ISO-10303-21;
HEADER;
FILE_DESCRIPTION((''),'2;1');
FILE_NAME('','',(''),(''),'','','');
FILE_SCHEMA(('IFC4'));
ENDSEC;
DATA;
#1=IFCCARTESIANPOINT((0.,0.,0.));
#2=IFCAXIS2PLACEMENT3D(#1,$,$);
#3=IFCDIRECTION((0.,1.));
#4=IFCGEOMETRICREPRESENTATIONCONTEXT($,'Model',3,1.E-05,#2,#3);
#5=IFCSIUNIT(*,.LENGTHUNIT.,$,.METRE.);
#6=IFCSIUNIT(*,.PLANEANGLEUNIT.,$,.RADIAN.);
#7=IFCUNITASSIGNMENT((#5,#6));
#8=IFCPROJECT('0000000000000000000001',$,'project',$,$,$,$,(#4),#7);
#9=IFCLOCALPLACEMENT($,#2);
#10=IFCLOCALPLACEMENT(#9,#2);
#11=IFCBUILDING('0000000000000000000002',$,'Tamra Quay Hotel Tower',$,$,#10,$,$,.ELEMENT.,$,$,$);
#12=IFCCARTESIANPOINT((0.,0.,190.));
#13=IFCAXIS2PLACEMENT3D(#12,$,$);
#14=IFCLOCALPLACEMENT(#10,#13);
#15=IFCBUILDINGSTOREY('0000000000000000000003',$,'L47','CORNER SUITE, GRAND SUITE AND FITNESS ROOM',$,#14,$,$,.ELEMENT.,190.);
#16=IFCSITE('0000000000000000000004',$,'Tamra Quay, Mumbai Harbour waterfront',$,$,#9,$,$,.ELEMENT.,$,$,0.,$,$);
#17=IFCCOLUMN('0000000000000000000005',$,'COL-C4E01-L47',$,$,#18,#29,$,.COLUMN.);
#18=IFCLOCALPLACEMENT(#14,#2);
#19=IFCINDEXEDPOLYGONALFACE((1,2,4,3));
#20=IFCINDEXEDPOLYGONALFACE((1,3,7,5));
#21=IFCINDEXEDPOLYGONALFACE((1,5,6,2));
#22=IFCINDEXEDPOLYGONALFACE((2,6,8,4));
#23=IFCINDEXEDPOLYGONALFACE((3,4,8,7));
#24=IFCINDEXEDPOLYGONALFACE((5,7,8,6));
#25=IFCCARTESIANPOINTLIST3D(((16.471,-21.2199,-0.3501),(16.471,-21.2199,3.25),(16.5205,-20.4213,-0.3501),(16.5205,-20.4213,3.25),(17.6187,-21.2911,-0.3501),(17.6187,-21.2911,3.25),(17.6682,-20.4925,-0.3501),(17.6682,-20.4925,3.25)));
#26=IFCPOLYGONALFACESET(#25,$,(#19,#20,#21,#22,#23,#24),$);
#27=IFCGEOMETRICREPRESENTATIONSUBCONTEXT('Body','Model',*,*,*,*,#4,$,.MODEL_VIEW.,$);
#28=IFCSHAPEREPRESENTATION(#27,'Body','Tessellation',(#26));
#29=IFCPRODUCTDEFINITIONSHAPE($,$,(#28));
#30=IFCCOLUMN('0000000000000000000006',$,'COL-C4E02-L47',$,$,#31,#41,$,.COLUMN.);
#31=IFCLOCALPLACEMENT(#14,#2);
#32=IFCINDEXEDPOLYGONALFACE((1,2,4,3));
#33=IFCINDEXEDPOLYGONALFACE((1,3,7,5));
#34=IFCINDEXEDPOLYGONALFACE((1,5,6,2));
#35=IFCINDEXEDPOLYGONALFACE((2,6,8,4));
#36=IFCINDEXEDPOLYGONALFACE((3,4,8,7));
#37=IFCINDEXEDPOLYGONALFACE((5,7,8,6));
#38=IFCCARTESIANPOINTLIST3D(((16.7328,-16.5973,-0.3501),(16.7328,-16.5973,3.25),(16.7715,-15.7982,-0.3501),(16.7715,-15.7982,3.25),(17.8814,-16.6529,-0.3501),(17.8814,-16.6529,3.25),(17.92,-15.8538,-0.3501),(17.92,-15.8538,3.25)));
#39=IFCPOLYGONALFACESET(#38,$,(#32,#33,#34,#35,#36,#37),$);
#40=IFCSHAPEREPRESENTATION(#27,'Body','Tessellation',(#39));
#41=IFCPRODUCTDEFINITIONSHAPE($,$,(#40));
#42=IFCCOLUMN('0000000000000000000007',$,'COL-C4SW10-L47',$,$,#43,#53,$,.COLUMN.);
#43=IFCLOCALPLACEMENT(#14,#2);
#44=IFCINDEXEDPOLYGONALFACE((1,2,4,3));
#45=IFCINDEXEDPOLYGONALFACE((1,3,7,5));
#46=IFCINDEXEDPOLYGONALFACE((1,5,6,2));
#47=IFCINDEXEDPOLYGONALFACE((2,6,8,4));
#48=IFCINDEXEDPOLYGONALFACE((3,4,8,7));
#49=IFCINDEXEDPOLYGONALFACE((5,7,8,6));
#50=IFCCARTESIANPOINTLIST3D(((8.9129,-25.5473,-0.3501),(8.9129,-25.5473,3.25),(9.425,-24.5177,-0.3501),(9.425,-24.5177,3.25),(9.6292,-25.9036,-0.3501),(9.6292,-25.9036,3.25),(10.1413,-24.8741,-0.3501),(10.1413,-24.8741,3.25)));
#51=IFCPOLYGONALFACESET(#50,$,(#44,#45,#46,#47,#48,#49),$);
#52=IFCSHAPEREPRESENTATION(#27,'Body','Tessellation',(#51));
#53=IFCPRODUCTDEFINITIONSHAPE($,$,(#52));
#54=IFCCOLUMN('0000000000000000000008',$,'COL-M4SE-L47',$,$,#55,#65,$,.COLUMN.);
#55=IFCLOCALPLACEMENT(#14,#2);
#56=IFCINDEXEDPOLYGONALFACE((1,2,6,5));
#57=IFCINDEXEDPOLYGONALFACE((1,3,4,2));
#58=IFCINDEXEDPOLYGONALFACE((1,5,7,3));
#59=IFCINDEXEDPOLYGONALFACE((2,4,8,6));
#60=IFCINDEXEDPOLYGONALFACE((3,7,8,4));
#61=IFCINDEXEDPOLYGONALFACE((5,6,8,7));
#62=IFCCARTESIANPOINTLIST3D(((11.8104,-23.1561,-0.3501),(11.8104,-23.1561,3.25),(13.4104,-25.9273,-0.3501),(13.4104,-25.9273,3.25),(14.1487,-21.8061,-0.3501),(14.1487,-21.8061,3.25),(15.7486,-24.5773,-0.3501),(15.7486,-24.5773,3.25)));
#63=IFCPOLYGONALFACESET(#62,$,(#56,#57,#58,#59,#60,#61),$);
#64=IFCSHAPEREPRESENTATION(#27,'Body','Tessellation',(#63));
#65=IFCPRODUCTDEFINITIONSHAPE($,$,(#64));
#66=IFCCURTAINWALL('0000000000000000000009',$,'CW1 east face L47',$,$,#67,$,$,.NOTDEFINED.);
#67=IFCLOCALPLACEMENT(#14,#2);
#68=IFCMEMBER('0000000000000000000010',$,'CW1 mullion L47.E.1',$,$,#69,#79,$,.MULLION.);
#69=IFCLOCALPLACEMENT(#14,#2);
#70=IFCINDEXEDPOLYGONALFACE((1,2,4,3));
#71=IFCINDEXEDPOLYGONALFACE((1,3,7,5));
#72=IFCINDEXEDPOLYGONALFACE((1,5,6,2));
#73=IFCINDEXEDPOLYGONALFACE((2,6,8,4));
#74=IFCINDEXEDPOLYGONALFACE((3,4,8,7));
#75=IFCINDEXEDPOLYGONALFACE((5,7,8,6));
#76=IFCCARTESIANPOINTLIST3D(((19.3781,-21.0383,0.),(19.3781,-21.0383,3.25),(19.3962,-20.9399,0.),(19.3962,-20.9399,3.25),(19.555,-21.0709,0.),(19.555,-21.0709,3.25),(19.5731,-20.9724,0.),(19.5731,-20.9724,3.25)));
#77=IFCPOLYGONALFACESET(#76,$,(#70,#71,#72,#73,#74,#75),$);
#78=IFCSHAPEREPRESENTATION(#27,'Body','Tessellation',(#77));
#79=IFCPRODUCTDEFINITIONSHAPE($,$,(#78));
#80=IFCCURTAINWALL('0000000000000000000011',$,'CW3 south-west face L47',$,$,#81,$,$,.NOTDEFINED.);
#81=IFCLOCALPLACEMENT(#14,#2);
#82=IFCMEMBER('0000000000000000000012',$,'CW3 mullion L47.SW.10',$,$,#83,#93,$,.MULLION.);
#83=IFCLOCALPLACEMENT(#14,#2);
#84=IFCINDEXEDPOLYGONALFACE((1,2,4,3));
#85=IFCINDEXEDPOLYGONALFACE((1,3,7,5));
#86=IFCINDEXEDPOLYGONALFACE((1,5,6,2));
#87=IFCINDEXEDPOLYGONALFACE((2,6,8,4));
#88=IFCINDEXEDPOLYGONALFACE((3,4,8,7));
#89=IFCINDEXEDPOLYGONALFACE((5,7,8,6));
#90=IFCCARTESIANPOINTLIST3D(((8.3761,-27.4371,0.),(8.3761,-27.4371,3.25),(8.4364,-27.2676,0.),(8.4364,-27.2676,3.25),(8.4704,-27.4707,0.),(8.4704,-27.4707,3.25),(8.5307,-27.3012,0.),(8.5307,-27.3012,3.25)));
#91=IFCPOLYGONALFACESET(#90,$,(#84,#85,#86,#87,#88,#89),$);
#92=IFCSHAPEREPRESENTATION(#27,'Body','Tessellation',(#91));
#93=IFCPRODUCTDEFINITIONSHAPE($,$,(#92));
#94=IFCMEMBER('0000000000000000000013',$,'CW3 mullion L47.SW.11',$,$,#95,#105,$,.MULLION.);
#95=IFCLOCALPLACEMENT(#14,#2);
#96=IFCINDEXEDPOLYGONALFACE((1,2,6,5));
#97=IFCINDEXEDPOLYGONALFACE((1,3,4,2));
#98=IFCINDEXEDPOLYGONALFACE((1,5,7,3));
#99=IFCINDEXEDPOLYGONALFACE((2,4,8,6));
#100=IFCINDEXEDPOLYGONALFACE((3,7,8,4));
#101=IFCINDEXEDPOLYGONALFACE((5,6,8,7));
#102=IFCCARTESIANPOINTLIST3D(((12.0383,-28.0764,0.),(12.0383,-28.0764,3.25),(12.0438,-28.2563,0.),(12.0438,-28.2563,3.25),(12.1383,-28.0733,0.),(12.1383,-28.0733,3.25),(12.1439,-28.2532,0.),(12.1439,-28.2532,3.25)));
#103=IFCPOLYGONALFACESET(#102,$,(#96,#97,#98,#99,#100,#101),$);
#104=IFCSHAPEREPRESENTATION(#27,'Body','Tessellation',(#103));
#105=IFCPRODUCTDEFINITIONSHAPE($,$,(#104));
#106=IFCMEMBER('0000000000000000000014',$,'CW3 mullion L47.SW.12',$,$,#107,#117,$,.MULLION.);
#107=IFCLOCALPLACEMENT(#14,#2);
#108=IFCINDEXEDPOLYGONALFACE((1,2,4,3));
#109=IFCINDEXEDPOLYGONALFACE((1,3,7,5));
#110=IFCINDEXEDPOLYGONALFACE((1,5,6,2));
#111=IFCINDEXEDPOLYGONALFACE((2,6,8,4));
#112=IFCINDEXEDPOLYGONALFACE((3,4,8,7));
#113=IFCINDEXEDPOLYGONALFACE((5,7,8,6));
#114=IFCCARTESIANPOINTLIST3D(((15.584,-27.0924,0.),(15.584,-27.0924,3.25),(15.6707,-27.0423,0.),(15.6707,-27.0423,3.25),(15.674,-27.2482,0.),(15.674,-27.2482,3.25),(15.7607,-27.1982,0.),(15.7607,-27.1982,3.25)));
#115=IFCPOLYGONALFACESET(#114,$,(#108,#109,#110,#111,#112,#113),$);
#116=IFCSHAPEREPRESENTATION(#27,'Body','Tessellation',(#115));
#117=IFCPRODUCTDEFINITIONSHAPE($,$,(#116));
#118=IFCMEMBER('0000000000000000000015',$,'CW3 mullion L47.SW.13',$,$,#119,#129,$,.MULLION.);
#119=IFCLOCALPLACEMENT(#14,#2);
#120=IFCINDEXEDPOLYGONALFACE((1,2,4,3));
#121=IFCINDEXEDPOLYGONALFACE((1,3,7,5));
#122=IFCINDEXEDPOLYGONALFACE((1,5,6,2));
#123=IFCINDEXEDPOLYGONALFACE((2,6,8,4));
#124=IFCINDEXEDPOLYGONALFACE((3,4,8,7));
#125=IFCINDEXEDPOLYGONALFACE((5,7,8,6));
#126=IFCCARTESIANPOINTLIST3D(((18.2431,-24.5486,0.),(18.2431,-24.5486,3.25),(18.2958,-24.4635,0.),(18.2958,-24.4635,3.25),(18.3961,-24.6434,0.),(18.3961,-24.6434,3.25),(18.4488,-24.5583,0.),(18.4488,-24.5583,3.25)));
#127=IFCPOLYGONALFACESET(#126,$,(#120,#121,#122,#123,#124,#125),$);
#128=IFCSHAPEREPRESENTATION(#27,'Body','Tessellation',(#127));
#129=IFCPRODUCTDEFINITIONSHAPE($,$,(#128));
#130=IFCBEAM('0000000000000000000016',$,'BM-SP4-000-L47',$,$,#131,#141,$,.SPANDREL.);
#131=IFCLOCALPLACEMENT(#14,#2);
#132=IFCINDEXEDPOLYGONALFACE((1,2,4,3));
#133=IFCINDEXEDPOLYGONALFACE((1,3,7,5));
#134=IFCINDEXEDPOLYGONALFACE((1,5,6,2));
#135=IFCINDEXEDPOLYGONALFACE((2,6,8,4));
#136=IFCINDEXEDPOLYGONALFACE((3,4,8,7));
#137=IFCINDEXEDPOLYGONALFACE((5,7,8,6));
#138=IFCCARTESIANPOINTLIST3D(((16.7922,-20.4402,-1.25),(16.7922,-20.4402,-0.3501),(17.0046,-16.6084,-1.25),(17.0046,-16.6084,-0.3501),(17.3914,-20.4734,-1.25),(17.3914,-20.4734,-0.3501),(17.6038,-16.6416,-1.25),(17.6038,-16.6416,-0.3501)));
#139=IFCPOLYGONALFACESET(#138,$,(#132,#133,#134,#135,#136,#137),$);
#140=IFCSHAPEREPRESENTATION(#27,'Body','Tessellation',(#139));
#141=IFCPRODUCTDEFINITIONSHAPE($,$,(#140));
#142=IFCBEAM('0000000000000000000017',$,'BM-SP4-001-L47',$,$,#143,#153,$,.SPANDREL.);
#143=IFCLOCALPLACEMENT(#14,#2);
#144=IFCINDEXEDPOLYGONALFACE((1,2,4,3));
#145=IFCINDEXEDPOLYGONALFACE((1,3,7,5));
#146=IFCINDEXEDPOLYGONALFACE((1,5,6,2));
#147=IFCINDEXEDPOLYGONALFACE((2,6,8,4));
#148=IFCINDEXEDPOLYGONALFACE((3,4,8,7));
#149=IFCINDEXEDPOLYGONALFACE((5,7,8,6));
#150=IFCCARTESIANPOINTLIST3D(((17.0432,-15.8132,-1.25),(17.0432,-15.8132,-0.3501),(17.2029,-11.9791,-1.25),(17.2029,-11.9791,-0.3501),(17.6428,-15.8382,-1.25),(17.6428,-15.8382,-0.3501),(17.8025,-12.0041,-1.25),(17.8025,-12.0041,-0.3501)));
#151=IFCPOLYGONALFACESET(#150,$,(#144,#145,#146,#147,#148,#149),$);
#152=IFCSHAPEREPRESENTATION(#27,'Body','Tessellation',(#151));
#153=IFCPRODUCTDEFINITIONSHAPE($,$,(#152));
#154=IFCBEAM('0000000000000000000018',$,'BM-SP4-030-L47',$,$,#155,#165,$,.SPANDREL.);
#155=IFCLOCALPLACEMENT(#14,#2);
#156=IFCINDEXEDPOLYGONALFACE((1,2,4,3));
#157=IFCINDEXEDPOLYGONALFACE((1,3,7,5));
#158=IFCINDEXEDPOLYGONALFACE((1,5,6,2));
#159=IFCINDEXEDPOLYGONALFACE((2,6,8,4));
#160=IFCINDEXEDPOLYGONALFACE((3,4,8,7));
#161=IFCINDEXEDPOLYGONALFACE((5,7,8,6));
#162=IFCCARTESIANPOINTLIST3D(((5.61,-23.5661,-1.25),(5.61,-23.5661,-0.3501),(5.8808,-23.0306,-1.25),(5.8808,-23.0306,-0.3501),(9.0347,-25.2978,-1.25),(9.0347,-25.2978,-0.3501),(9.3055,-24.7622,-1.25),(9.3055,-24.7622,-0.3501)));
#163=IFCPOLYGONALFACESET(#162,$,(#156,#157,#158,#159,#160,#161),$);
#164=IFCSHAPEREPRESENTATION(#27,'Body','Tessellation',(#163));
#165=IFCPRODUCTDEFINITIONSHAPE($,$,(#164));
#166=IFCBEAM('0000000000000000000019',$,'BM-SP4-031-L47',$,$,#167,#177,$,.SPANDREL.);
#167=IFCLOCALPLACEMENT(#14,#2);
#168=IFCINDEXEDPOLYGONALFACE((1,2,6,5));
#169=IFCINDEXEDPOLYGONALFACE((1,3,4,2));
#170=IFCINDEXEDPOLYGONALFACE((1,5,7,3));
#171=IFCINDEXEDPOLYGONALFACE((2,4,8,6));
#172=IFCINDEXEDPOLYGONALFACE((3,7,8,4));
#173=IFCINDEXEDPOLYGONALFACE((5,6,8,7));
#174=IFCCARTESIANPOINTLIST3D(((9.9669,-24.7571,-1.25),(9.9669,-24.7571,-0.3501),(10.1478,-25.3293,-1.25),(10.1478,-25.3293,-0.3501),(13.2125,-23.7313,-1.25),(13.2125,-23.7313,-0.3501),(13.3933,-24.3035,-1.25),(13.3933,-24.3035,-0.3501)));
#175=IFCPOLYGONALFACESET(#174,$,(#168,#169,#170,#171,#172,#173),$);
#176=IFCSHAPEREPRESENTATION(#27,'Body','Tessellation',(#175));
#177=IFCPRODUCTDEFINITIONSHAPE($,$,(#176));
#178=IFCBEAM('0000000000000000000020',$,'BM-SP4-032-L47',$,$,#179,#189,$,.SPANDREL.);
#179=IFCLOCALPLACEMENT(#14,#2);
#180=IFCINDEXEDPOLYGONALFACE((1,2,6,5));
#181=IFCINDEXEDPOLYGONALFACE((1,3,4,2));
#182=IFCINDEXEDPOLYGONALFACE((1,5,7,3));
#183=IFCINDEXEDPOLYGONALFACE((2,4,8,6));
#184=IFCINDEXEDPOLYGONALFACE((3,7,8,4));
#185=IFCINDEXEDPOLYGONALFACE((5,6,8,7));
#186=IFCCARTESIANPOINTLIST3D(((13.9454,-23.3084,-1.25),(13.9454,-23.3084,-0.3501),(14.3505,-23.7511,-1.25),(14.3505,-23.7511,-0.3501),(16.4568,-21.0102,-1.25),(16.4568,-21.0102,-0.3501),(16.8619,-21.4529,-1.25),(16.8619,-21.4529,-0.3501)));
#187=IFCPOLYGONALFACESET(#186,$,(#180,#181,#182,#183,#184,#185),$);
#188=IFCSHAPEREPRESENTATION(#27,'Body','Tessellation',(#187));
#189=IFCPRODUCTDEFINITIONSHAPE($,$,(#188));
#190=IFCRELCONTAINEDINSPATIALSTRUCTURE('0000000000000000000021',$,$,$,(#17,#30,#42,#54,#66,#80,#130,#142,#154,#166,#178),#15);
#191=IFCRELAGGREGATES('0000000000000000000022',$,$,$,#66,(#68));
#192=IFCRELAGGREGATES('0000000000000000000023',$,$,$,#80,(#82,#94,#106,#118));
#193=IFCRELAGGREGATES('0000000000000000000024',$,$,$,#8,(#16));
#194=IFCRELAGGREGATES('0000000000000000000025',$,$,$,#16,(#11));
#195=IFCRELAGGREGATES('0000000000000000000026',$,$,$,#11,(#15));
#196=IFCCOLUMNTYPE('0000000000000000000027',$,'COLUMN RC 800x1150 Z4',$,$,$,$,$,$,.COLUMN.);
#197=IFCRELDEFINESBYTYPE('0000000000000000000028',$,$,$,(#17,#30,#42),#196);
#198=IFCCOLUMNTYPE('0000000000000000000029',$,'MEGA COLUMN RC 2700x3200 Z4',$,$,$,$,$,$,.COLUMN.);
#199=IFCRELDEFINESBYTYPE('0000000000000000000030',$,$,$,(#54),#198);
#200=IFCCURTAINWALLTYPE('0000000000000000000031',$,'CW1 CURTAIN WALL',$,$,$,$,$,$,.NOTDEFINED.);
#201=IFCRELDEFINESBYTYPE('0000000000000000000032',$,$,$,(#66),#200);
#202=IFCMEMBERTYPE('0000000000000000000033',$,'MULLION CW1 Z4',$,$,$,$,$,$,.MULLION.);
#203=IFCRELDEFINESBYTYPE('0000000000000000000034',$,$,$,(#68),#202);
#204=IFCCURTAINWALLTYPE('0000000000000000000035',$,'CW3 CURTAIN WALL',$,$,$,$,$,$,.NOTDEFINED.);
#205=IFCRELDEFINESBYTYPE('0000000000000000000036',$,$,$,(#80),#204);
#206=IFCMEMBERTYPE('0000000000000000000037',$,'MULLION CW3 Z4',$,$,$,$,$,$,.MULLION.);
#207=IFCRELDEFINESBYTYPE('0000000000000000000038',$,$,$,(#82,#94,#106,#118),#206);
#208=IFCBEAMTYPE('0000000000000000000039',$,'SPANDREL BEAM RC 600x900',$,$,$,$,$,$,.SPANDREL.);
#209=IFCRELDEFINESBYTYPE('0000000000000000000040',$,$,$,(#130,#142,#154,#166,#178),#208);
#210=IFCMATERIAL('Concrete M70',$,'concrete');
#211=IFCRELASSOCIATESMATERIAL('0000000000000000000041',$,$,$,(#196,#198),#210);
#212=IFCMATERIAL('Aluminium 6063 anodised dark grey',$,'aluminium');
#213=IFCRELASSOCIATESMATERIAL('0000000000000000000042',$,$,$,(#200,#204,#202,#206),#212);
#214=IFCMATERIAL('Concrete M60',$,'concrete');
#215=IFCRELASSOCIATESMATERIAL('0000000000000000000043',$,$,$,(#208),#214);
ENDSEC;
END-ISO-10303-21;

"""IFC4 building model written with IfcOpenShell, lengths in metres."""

from ifc_helpers import new_model, si_unit, direction, frame, origin, origin_2d, place, context, subcontext, project, spatial, rectangle, extrude, material, material_profile, profile_set, type_object, element, aggregate, save


model = new_model("IFC4")

# Units and contexts
model_context = context("Model", 3, precision=1e-05, world=origin(), true_north=direction((0.0, 1.0)))
body_context = subcontext(model_context, "Body", "Model", "MODEL_VIEW")
ifc_project = project(units=[si_unit("LENGTHUNIT", "METRE"), si_unit("PLANEANGLEUNIT", "RADIAN")], contexts=[model_context])

# Site, building, storey
site_placement = place(None, origin())
site = spatial("IfcSite", under=ifc_project, at=site_placement, Name="Tamra Quay, Mumbai Harbour waterfront", CompositionType="ELEMENT", RefElevation=0.0)
building_placement = place(site_placement, origin())
building = spatial("IfcBuilding", under=site, at=building_placement, Name="Tamra Quay Hotel Tower", CompositionType="ELEMENT")
storey_placement = place(building_placement, frame((0.0, 0.0, 190.0)))
storey = spatial("IfcBuildingStorey", under=building, at=storey_placement, Name="L47", Description="CORNER SUITE, GRAND SUITE AND FITNESS ROOM", CompositionType="ELEMENT", Elevation=190.0)

# Columns
ifc_material_1 = material(Name="Concrete M70", Category="concrete")
ifc_material_profile_1 = material_profile(ifc_material_1, rectangle(XDim=1.1499, YDim=0.8, at=origin_2d()), Name="COLUMN RC 800x1150 Z4")
ifc_profile_set_1 = profile_set([ifc_material_profile_1], Name="Concrete M70")
column_type_1 = type_object("IfcColumnType", Name="COLUMN RC 800x1150 Z4", PredefinedType="COLUMN", material=ifc_profile_set_1)
for number, where, z_axis, x_axis, name in (
    (1, (17.0696, -20.8562, -0.3501), (0.0, 0.0, 1.0), (-0.998081, 0.061921, 0.0), "COL-C4E01-L47"),
    (2, (17.3264, -16.2256, -0.3501), (0.0, 0.0, 1.0), (-0.998831, 0.048344, 0.0), "COL-C4E02-L47"),
    (3, (9.5271, -25.2107, -0.3501), (0.0, 0.0, 1.0), (0.445415, 0.895324, 0.0), "COL-C4SW10-L47"),
):
    element("IfcColumn", number, at=place(storey_placement, frame(where, z_axis=z_axis, x_axis=x_axis)), inside=storey, type_object=column_type_1, Name=name, PredefinedType="COLUMN", context=body_context, shape_type="SweptSolid", body=[
        extrude(rectangle(XDim=1.1499, YDim=0.8, at=origin_2d()), origin(), (0.0, 0.0, 1.0), 3.6001),
    ])
ifc_material_profile_2 = material_profile(ifc_material_1, rectangle(XDim=3.2, YDim=2.7, at=origin_2d()), Name="MEGA COLUMN RC 2700x3200 Z4")
ifc_profile_set_2 = profile_set([ifc_material_profile_2], Name="Concrete M70")
column_type_2 = type_object("IfcColumnType", Name="MEGA COLUMN RC 2700x3200 Z4", PredefinedType="COLUMN", material=ifc_profile_set_2)
column_placement = place(storey_placement, frame((13.7795, -23.8667, -0.3501), z_axis=(0.0, 0.0, 1.0), x_axis=(-0.5, 0.866025, 0.0)))
element("IfcColumn", 4, at=column_placement, inside=storey, type_object=column_type_2, Name="COL-M4SE-L47", PredefinedType="COLUMN", context=body_context, shape_type="SweptSolid", body=[
    extrude(rectangle(XDim=3.2, YDim=2.7, at=origin_2d()), origin(), (0.0, 0.0, 1.0), 3.6001),
])

# Curtain wall, member
ifc_material_2 = material(Name="Aluminium 6063 anodised dark grey", Category="aluminium")
curtain_wall_type_1 = type_object("IfcCurtainWallType", Name="CW1 CURTAIN WALL", PredefinedType="NOTDEFINED", material=ifc_material_2)
curtain_wall_1_placement = place(storey_placement, origin())
curtain_wall_1 = element("IfcCurtainWall", 5, at=curtain_wall_1_placement, inside=storey, type_object=curtain_wall_type_1, Name="CW1 east face L47", PredefinedType="NOTDEFINED")
ifc_material_profile_3 = material_profile(ifc_material_2, rectangle(XDim=0.1799, YDim=0.1001, at=origin_2d()), Name="MULLION 100X180")
ifc_profile_set_3 = profile_set([ifc_material_profile_3], Name="Aluminium 6063 anodised dark grey")
member_type_1 = type_object("IfcMemberType", Name="MULLION CW1 Z4", PredefinedType="MULLION", material=ifc_profile_set_3)
member_1_placement = place(storey_placement, frame((19.4756, -21.0054, 0.0), z_axis=(0.0, 0.0, 1.0), x_axis=(0.983509, -0.180857, 0.0)))
member_1 = element("IfcMember", 6, at=member_1_placement, type_object=member_type_1, Name="CW1 mullion L47.E.1", PredefinedType="MULLION", context=body_context, shape_type="SweptSolid", body=[
    extrude(rectangle(XDim=0.1799, YDim=0.1001, at=origin_2d()), origin(), (0.0, 0.0, 1.0), 3.25),
])

# Curtain wall, members
curtain_wall_type_2 = type_object("IfcCurtainWallType", Name="CW3 CURTAIN WALL", PredefinedType="NOTDEFINED", material=ifc_material_2)
curtain_wall_2_placement = place(storey_placement, origin())
curtain_wall_2 = element("IfcCurtainWall", 7, at=curtain_wall_2_placement, inside=storey, type_object=curtain_wall_type_2, Name="CW3 south-west face L47", PredefinedType="NOTDEFINED")
ifc_material_profile_4 = material_profile(ifc_material_2, rectangle(XDim=0.1799, YDim=0.1001, at=origin_2d()), Name="MULLION 100X180")
ifc_profile_set_4 = profile_set([ifc_material_profile_4], Name="Aluminium 6063 anodised dark grey")
member_type_2 = type_object("IfcMemberType", Name="MULLION CW3 Z4", PredefinedType="MULLION", material=ifc_profile_set_4)
member_2_placement = place(storey_placement, frame((8.4534, -27.3691, 0.0), z_axis=(0.0, 0.0, 1.0), x_axis=(-0.335128, -0.942172, 0.0)))
member_2 = element("IfcMember", 8, at=member_2_placement, type_object=member_type_2, Name="CW3 mullion L47.SW.10", PredefinedType="MULLION", context=body_context, shape_type="SweptSolid", body=[
    extrude(rectangle(XDim=0.1799, YDim=0.1001, at=origin_2d()), origin(), (0.0, 0.0, 1.0), 3.25),
])
member_3_placement = place(storey_placement, frame((12.0911, -28.1648, 0.0), z_axis=(0.0, 0.0, 1.0), x_axis=(0.030975, -0.99952, 0.0)))
member_3 = element("IfcMember", 9, at=member_3_placement, type_object=member_type_2, Name="CW3 mullion L47.SW.11", PredefinedType="MULLION", context=body_context, shape_type="SweptSolid", body=[
    extrude(rectangle(XDim=0.1799, YDim=0.1001, at=origin_2d()), origin(), (0.0, 0.0, 1.0), 3.25),
])
member_4_placement = place(storey_placement, frame((15.6724, -27.1453, 0.0), z_axis=(0.0, 0.0, 1.0), x_axis=(0.5, -0.866025, 0.0)))
member_4 = element("IfcMember", 10, at=member_4_placement, type_object=member_type_2, Name="CW3 mullion L47.SW.12", PredefinedType="MULLION", context=body_context, shape_type="SweptSolid", body=[
    extrude(rectangle(XDim=0.1799, YDim=0.1001, at=origin_2d()), origin(), (0.0, 0.0, 1.0), 3.25),
])
member_5_placement = place(storey_placement, frame((18.3459, -24.5535, 0.0), z_axis=(0.0, 0.0, 1.0), x_axis=(0.850122, -0.526586, 0.0)))
member_5 = element("IfcMember", 11, at=member_5_placement, type_object=member_type_2, Name="CW3 mullion L47.SW.13", PredefinedType="MULLION", context=body_context, shape_type="SweptSolid", body=[
    extrude(rectangle(XDim=0.1799, YDim=0.1001, at=origin_2d()), origin(), (0.0, 0.0, 1.0), 3.25),
])

# Beams
ifc_material_3 = material(Name="Concrete M60", Category="concrete")
ifc_material_profile_5 = material_profile(ifc_material_3, rectangle(XDim=0.6001, YDim=0.8999, at=origin_2d()), Name="SPANDREL BEAM RC 600x900")
ifc_profile_set_5 = profile_set([ifc_material_profile_5], Name="Concrete M60")
beam_type = type_object("IfcBeamType", Name="SPANDREL BEAM RC 600x900", PredefinedType="SPANDREL", material=ifc_profile_set_5)
beam_1_placement = place(storey_placement, frame((17.0918, -20.4568, -0.8), z_axis=(0.055347, 0.998467, 0.0), x_axis=(-0.998467, 0.055347, 0.0)))
element("IfcBeam", 12, at=beam_1_placement, inside=storey, type_object=beam_type, Name="BM-SP4-000-L47", PredefinedType="SPANDREL", context=body_context, shape_type="SweptSolid", body=[
    extrude(rectangle(XDim=0.6001, YDim=0.8999, at=origin_2d()), origin(), (0.0, 0.0, 1.0), 3.8376),
])
beam_2_placement = place(storey_placement, frame((17.343, -15.8257, -0.8), z_axis=(0.041609, 0.999134, 0.0), x_axis=(-0.999134, 0.041609, 0.0)))
element("IfcBeam", 13, at=beam_2_placement, inside=storey, type_object=beam_type, Name="BM-SP4-001-L47", PredefinedType="SPANDREL", context=body_context, shape_type="SweptSolid", body=[
    extrude(rectangle(XDim=0.6001, YDim=0.8999, at=origin_2d()), origin(), (0.0, 0.0, 1.0), 3.8374),
])
beam_3_placement = place(storey_placement, frame((5.7454, -23.2983, -0.8), z_axis=(0.892408, -0.45123, 0.0), x_axis=(0.45123, 0.892408, 0.0)))
element("IfcBeam", 14, at=beam_3_placement, inside=storey, type_object=beam_type, Name="BM-SP4-030-L47", PredefinedType="SPANDREL", context=body_context, shape_type="SweptSolid", body=[
    extrude(rectangle(XDim=0.6001, YDim=0.8999, at=origin_2d()), origin(), (0.0, 0.0, 1.0), 3.8376),
])
beam_4_placement = place(storey_placement, frame((10.0574, -25.0432, -0.8), z_axis=(0.953502, 0.301385, 0.0), x_axis=(-0.301385, 0.953502, 0.0)))
element("IfcBeam", 15, at=beam_4_placement, inside=storey, type_object=beam_type, Name="BM-SP4-031-L47", PredefinedType="SPANDREL", context=body_context, shape_type="SweptSolid", body=[
    extrude(rectangle(XDim=0.6001, YDim=0.8999, at=origin_2d()), origin(), (0.0, 0.0, 1.0), 3.4038),
])
beam_5_placement = place(storey_placement, frame((14.1479, -23.5298, -0.8), z_axis=(0.737716, 0.675111, 0.0), x_axis=(-0.675111, 0.737716, 0.0)))
element("IfcBeam", 16, at=beam_5_placement, inside=storey, type_object=beam_type, Name="BM-SP4-032-L47", PredefinedType="SPANDREL", context=body_context, shape_type="SweptSolid", body=[
    extrude(rectangle(XDim=0.6001, YDim=0.8999, at=origin_2d()), origin(), (0.0, 0.0, 1.0), 3.4043),
])

aggregate(curtain_wall_1, [member_1])
aggregate(curtain_wall_2, [member_2, member_3, member_4, member_5])

save(model, "model.ifc")
